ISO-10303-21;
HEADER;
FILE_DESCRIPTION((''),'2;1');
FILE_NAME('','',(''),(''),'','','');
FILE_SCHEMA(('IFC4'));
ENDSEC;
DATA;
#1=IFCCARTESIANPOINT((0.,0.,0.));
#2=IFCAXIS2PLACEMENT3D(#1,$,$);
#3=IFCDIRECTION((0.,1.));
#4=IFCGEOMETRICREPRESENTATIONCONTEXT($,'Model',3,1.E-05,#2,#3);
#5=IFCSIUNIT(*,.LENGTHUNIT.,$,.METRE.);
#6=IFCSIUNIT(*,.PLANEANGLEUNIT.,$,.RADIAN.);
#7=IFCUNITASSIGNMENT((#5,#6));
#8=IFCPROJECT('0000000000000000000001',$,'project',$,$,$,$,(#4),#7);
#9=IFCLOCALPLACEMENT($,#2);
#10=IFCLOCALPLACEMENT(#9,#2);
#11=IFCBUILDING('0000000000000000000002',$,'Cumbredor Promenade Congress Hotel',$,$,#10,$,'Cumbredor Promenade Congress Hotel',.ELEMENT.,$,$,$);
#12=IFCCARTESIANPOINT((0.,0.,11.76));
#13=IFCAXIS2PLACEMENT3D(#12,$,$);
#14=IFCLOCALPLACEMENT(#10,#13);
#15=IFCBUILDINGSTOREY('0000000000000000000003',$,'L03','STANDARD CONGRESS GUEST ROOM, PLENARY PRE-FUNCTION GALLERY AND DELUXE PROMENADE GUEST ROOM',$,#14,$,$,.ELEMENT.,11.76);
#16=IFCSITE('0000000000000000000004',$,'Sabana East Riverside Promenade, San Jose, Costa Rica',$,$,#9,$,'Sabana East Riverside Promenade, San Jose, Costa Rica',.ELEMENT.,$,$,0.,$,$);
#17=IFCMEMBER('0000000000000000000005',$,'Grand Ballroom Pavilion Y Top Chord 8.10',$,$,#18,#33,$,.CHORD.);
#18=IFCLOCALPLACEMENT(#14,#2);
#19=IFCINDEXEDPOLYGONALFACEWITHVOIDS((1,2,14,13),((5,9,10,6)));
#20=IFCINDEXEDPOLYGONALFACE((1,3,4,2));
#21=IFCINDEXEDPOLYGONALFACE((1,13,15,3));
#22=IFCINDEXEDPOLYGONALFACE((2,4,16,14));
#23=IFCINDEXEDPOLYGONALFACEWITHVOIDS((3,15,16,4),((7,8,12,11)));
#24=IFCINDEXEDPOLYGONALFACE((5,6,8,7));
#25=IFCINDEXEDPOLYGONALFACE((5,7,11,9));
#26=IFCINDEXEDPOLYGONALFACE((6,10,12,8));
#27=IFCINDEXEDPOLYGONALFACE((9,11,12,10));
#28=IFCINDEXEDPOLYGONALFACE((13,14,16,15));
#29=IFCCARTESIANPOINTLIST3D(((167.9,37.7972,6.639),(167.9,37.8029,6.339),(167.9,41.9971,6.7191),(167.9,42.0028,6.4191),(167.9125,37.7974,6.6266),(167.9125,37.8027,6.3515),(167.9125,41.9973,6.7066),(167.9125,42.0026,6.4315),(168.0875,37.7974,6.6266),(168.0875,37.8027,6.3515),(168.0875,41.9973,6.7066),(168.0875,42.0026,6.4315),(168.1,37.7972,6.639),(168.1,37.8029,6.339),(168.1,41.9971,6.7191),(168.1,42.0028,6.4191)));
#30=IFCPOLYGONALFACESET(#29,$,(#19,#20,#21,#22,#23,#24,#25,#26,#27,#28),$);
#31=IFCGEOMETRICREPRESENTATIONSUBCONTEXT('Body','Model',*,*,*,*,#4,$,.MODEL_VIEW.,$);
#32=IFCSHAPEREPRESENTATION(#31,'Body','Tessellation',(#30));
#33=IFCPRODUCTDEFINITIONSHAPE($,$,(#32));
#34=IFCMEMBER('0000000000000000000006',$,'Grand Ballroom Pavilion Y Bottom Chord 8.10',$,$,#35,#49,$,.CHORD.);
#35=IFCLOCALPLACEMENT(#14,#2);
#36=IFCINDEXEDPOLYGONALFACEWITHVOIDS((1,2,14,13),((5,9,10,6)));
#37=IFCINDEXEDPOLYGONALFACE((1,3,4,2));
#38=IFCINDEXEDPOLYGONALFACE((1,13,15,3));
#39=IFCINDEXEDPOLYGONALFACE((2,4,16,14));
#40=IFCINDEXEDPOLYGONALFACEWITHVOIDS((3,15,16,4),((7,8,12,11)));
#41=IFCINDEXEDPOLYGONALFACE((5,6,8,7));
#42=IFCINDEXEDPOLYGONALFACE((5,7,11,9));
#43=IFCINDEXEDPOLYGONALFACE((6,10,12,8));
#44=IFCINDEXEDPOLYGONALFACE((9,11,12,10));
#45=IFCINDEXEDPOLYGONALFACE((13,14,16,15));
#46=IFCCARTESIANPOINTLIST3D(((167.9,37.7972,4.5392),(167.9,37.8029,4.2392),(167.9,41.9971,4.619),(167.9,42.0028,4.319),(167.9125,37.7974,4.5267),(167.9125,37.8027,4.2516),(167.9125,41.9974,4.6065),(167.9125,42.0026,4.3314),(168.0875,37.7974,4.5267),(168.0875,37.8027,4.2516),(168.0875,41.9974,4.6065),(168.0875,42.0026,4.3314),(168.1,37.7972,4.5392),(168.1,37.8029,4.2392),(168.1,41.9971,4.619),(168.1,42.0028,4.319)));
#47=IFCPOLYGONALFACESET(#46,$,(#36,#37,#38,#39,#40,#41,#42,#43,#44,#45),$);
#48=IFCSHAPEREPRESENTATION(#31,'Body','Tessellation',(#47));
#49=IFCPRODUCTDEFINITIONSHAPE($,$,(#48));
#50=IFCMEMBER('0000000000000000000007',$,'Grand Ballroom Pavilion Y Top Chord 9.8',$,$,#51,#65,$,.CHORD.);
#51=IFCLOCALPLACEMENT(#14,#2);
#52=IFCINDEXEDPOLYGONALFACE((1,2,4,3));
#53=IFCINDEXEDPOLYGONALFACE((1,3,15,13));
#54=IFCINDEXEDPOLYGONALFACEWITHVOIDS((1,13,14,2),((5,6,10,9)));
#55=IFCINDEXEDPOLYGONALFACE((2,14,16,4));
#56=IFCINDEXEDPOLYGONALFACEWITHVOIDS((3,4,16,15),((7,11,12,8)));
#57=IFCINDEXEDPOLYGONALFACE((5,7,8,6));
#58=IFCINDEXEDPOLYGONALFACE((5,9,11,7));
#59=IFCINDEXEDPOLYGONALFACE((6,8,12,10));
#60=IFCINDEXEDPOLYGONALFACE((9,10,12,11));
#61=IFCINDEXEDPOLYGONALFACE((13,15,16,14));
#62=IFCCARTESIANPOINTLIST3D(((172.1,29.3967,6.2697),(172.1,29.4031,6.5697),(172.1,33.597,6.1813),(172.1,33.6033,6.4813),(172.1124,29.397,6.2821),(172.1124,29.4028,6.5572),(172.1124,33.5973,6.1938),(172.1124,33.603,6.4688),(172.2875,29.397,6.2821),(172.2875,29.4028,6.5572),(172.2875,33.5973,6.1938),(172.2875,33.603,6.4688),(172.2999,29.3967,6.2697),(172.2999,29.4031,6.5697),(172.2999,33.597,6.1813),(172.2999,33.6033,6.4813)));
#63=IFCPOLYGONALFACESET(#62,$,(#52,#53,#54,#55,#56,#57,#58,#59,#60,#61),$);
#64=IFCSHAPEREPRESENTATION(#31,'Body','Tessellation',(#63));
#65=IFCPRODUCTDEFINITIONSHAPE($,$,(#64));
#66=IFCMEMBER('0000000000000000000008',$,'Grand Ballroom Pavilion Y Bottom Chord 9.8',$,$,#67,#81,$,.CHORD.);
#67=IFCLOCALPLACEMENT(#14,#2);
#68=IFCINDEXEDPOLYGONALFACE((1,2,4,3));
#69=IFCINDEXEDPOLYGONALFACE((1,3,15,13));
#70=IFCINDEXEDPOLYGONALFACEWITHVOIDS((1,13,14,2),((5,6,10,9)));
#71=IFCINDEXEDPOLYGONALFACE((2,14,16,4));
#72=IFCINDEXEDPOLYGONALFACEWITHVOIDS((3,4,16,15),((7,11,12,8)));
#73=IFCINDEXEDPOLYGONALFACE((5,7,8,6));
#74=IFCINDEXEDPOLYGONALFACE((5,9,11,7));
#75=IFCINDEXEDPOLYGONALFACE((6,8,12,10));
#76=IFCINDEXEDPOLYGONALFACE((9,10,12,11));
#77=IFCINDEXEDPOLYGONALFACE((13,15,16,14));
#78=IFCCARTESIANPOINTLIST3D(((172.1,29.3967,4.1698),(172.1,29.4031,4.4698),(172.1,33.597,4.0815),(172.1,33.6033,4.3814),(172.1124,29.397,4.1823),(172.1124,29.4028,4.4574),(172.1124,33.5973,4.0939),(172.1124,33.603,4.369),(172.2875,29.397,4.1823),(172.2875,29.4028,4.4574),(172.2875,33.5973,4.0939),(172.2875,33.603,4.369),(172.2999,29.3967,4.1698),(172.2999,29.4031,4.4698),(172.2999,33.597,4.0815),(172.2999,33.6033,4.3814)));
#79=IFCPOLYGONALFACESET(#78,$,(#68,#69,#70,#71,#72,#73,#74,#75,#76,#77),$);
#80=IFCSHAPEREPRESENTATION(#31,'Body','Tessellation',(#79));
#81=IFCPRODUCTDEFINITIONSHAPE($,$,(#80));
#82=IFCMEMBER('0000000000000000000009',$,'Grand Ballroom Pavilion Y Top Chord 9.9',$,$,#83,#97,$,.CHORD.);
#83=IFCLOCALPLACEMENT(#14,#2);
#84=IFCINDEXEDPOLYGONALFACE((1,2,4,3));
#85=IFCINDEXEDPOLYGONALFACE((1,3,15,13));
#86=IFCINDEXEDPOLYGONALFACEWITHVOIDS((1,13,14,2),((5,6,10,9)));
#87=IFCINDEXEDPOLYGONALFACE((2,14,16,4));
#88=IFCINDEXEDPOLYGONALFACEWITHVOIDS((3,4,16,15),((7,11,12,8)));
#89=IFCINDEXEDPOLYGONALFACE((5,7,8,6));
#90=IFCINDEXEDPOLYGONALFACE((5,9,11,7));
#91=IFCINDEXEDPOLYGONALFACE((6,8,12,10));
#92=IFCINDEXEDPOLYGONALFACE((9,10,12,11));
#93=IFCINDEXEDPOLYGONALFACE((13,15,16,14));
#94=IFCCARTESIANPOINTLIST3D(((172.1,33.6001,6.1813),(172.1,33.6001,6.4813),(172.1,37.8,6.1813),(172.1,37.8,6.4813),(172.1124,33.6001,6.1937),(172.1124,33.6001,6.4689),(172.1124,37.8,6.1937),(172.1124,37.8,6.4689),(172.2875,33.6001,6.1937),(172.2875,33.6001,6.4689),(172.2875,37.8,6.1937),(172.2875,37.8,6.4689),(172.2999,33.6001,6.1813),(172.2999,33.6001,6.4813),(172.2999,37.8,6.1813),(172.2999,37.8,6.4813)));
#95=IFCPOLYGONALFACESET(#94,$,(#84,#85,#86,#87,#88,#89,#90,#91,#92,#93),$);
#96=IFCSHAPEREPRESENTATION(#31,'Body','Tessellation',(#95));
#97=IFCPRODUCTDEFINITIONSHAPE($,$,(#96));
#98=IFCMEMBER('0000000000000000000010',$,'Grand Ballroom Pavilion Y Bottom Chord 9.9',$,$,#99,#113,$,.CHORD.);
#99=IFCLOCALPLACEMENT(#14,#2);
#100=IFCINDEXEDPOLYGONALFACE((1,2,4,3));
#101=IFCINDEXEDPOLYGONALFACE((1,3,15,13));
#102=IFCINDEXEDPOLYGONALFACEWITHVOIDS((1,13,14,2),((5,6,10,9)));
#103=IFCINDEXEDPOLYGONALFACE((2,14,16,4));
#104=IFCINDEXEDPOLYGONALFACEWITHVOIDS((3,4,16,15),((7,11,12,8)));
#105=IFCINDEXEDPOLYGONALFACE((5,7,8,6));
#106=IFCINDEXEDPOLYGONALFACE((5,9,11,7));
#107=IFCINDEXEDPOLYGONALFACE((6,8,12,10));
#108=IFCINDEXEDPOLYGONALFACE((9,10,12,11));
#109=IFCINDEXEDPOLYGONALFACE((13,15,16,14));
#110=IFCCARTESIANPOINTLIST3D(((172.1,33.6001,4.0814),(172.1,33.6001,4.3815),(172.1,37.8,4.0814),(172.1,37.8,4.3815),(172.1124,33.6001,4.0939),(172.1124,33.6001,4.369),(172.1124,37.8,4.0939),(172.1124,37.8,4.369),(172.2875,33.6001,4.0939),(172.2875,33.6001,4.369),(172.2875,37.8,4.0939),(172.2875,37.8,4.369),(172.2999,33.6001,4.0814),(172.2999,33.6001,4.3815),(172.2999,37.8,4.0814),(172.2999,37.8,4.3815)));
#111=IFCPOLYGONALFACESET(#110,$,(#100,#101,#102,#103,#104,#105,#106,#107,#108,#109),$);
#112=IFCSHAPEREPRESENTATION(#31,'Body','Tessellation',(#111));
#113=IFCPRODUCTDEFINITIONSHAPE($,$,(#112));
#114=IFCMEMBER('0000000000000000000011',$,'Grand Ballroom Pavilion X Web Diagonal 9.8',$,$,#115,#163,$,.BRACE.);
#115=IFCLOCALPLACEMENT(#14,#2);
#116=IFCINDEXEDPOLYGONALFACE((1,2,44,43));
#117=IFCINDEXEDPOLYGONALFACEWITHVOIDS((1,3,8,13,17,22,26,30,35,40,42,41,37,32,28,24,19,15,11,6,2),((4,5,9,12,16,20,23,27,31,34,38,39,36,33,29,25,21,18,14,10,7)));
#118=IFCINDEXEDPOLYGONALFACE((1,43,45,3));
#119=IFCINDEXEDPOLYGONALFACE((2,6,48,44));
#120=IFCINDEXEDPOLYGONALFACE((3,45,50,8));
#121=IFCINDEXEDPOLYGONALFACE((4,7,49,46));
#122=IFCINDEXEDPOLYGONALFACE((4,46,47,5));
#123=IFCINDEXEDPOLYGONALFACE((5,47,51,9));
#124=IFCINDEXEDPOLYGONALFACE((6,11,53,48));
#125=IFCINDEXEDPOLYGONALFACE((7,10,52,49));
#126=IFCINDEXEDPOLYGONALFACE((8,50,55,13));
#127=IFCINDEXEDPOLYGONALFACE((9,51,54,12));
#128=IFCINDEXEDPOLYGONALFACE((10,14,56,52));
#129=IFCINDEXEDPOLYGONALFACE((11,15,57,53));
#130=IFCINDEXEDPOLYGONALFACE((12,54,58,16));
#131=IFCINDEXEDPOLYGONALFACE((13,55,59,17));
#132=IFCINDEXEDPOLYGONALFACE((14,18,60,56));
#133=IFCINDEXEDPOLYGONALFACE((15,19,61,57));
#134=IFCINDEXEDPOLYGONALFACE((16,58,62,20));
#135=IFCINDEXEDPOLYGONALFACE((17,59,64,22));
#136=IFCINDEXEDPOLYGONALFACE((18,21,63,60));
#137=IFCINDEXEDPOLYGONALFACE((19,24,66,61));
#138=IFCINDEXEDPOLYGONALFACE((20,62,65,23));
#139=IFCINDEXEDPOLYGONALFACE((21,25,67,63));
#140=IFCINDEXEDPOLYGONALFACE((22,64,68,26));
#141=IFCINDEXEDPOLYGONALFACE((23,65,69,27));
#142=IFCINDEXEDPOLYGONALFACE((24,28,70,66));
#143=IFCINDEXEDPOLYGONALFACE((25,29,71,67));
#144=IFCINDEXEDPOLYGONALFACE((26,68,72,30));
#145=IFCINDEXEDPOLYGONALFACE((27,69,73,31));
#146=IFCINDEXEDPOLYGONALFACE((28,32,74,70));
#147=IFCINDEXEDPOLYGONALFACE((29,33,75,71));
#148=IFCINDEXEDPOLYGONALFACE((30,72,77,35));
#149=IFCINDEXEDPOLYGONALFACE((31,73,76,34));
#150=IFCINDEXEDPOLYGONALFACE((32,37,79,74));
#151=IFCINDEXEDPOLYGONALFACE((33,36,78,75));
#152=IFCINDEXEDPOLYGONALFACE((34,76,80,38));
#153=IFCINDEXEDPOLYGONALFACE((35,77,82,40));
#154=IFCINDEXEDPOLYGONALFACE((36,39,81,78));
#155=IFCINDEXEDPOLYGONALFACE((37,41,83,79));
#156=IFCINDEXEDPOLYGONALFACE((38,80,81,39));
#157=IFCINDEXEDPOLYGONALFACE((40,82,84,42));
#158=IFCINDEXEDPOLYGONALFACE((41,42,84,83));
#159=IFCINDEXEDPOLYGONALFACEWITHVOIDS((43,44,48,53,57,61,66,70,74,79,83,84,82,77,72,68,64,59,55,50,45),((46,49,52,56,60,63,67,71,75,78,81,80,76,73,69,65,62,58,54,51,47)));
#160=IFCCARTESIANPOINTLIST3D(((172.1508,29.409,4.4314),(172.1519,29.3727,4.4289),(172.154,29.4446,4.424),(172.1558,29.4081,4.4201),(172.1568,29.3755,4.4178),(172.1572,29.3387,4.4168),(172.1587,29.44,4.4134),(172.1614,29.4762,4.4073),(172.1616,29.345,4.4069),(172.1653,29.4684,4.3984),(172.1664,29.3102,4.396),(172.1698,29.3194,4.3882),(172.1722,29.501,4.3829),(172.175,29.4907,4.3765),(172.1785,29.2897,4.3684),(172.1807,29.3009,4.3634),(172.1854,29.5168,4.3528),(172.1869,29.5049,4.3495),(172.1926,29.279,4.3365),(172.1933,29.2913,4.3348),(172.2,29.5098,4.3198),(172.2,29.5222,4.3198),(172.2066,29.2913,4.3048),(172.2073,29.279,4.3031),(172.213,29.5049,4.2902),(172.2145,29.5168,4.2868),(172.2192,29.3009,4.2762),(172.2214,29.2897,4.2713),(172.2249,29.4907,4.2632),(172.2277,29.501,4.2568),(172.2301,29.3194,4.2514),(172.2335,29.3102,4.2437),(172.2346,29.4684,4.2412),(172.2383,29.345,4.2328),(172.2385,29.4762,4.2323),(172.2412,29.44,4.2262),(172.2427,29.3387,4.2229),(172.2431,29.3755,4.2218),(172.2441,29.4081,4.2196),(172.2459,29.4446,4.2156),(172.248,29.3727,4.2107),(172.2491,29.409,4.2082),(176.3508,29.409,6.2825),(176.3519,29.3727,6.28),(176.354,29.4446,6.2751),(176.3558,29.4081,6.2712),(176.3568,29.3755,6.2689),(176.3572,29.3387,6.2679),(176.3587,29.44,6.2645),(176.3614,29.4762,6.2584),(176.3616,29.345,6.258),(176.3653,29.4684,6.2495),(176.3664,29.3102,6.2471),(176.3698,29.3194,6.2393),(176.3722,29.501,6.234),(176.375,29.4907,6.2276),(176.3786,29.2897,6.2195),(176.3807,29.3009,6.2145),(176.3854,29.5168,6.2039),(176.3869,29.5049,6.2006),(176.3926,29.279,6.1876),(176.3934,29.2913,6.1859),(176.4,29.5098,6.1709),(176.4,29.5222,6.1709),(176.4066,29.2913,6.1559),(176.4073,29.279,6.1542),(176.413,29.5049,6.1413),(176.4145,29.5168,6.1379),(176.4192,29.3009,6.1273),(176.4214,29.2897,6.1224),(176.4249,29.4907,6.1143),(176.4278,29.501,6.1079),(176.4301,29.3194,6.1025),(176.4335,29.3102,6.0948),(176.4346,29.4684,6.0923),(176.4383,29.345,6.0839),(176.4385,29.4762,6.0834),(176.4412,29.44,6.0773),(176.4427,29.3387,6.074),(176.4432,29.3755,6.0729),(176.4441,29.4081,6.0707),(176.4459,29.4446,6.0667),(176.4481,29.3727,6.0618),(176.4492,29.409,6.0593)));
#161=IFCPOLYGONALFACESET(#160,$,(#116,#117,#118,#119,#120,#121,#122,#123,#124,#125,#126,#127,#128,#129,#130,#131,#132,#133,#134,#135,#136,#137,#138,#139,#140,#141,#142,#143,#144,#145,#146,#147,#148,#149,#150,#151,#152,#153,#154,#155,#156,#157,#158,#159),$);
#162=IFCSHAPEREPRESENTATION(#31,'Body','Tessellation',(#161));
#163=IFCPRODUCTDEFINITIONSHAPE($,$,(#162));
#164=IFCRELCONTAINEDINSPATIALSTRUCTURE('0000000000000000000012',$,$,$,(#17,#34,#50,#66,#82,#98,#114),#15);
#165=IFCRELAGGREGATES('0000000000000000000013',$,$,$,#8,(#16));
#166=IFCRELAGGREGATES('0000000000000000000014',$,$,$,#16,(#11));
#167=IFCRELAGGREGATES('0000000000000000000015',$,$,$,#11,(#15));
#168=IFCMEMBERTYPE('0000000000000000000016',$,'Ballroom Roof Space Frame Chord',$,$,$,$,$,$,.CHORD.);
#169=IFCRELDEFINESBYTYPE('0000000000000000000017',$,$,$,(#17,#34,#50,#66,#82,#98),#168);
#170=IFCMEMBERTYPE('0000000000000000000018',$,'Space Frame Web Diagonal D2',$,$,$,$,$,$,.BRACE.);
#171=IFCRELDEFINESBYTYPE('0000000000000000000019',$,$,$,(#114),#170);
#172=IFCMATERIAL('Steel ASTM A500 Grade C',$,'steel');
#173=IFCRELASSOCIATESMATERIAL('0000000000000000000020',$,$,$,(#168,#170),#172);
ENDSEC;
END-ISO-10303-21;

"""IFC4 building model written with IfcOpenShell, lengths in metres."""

from ifc_helpers import new_model, si_unit, direction, frame, origin, origin_2d, place, context, subcontext, project, spatial, hollow_rectangle, hollow_circle, extrude, material, material_profile, profile_set, type_object, element, save


model = new_model("IFC4")

# Units and contexts
model_context = context("Model", 3, precision=1e-05, world=origin(), true_north=direction((0.0, 1.0)))
body_context = subcontext(model_context, "Body", "Model", "MODEL_VIEW")
ifc_project = project(units=[si_unit("LENGTHUNIT", "METRE"), si_unit("PLANEANGLEUNIT", "RADIAN")], contexts=[model_context])

# Site, building, storey
site_placement = place(None, origin())
site = spatial("IfcSite", under=ifc_project, at=site_placement, Name="Sabana East Riverside Promenade, San Jose, Costa Rica", LongName="Sabana East Riverside Promenade, San Jose, Costa Rica", CompositionType="ELEMENT", RefElevation=0.0)
building_placement = place(site_placement, origin())
building = spatial("IfcBuilding", under=site, at=building_placement, Name="Cumbredor Promenade Congress Hotel", LongName="Cumbredor Promenade Congress Hotel", CompositionType="ELEMENT")
storey_placement = place(building_placement, frame((0.0, 0.0, 11.76)))
storey = spatial("IfcBuildingStorey", under=building, at=storey_placement, Name="L03", Description="STANDARD CONGRESS GUEST ROOM, PLENARY PRE-FUNCTION GALLERY AND DELUXE PROMENADE GUEST ROOM", CompositionType="ELEMENT", Elevation=11.76)

# Members
ifc_material_1 = material(Name="Steel ASTM A500 Grade C", Category="steel")
ifc_material_profile_1 = material_profile(ifc_material_1, hollow_rectangle(XDim=0.2, YDim=0.3, WallThickness=0.0125, at=origin_2d()), Name="HSS 300x200x12.5")
ifc_profile_set_1 = profile_set([ifc_material_profile_1], Name="Steel ASTM A500 Grade C")
member_type_1 = type_object("IfcMemberType", Name="Ballroom Roof Space Frame Chord", PredefinedType="CHORD", material=ifc_profile_set_1)
for number, where, z_axis, x_axis, name in (
    (1, (168.0, 37.8, 6.489), (0.0, 0.999818, 0.019063), (-1.0, 0.0, 0.0), "Grand Ballroom Pavilion Y Top Chord 8.10"),
    (2, (168.0, 37.8, 4.3892), (0.0, 0.999819, 0.019005), (-1.0, 0.0, 0.0), "Grand Ballroom Pavilion Y Bottom Chord 8.10"),
):
    element("IfcMember", number, at=place(storey_placement, frame(where, z_axis=z_axis, x_axis=x_axis)), inside=storey, type_object=member_type_1, Name=name, PredefinedType="CHORD", context=body_context, shape_type="SweptSolid", body=[
        extrude(hollow_rectangle(XDim=0.2, YDim=0.3, WallThickness=0.0125, at=origin_2d()), origin(), (0.0, 0.0, 1.0), 4.2007),
    ])
for number, where, z_axis, x_axis, name in (
    (3, (172.2, 29.3999, 6.4197), (0.0, 0.999779, -0.021037), (-1.0, 0.0, 0.0), "Grand Ballroom Pavilion Y Top Chord 9.8"),
    (4, (172.2, 29.3999, 4.3198), (0.0, 0.999779, -0.021037), (-1.0, 0.0, 0.0), "Grand Ballroom Pavilion Y Bottom Chord 9.8"),
):
    element("IfcMember", number, at=place(storey_placement, frame(where, z_axis=z_axis, x_axis=x_axis)), inside=storey, type_object=member_type_1, Name=name, PredefinedType="CHORD", context=body_context, shape_type="SweptSolid", body=[
        extrude(hollow_rectangle(XDim=0.2, YDim=0.3, WallThickness=0.0125, at=origin_2d()), origin(), (0.0, 0.0, 1.0), 4.2012),
    ])
for number, where, z_axis, x_axis, name in (
    (5, (172.2, 33.6001, 6.3313), (0.0, 1.0, 0.0), (-1.0, 0.0, 0.0), "Grand Ballroom Pavilion Y Top Chord 9.9"),
    (6, (172.2, 33.6001, 4.2314), (0.0, 1.0, 0.0), (-1.0, 0.0, 0.0), "Grand Ballroom Pavilion Y Bottom Chord 9.9"),
):
    element("IfcMember", number, at=place(storey_placement, frame(where, z_axis=z_axis, x_axis=x_axis)), inside=storey, type_object=member_type_1, Name=name, PredefinedType="CHORD", context=body_context, shape_type="SweptSolid", body=[
        extrude(hollow_rectangle(XDim=0.2, YDim=0.3, WallThickness=0.0125, at=origin_2d()), origin(), (0.0, 0.0, 1.0), 4.2),
    ])
ifc_material_profile_2 = material_profile(ifc_material_1, hollow_circle(Radius=0.1223, WallThickness=0.0125, at=origin_2d()), Name="CHS 244.5x12.5")
ifc_profile_set_2 = profile_set([ifc_material_profile_2], Name="Steel ASTM A500 Grade C")
member_type_2 = type_object("IfcMemberType", Name="Space Frame Web Diagonal D2", PredefinedType="BRACE", material=ifc_profile_set_2)
member_1_placement = place(storey_placement, frame((172.2, 29.3999, 4.3198), z_axis=(0.915066, 0.0, 0.403304), x_axis=(0.0, 1.0, 0.0)))
element("IfcMember", 7, at=member_1_placement, inside=storey, type_object=member_type_2, Name="Grand Ballroom Pavilion X Web Diagonal 9.8", PredefinedType="BRACE", context=body_context, shape_type="SweptSolid", body=[
    extrude(hollow_circle(Radius=0.1223, WallThickness=0.0125, at=origin_2d()), origin(), (0.0, 0.0, 1.0), 4.5898),
])

save(model, "model.ifc")
